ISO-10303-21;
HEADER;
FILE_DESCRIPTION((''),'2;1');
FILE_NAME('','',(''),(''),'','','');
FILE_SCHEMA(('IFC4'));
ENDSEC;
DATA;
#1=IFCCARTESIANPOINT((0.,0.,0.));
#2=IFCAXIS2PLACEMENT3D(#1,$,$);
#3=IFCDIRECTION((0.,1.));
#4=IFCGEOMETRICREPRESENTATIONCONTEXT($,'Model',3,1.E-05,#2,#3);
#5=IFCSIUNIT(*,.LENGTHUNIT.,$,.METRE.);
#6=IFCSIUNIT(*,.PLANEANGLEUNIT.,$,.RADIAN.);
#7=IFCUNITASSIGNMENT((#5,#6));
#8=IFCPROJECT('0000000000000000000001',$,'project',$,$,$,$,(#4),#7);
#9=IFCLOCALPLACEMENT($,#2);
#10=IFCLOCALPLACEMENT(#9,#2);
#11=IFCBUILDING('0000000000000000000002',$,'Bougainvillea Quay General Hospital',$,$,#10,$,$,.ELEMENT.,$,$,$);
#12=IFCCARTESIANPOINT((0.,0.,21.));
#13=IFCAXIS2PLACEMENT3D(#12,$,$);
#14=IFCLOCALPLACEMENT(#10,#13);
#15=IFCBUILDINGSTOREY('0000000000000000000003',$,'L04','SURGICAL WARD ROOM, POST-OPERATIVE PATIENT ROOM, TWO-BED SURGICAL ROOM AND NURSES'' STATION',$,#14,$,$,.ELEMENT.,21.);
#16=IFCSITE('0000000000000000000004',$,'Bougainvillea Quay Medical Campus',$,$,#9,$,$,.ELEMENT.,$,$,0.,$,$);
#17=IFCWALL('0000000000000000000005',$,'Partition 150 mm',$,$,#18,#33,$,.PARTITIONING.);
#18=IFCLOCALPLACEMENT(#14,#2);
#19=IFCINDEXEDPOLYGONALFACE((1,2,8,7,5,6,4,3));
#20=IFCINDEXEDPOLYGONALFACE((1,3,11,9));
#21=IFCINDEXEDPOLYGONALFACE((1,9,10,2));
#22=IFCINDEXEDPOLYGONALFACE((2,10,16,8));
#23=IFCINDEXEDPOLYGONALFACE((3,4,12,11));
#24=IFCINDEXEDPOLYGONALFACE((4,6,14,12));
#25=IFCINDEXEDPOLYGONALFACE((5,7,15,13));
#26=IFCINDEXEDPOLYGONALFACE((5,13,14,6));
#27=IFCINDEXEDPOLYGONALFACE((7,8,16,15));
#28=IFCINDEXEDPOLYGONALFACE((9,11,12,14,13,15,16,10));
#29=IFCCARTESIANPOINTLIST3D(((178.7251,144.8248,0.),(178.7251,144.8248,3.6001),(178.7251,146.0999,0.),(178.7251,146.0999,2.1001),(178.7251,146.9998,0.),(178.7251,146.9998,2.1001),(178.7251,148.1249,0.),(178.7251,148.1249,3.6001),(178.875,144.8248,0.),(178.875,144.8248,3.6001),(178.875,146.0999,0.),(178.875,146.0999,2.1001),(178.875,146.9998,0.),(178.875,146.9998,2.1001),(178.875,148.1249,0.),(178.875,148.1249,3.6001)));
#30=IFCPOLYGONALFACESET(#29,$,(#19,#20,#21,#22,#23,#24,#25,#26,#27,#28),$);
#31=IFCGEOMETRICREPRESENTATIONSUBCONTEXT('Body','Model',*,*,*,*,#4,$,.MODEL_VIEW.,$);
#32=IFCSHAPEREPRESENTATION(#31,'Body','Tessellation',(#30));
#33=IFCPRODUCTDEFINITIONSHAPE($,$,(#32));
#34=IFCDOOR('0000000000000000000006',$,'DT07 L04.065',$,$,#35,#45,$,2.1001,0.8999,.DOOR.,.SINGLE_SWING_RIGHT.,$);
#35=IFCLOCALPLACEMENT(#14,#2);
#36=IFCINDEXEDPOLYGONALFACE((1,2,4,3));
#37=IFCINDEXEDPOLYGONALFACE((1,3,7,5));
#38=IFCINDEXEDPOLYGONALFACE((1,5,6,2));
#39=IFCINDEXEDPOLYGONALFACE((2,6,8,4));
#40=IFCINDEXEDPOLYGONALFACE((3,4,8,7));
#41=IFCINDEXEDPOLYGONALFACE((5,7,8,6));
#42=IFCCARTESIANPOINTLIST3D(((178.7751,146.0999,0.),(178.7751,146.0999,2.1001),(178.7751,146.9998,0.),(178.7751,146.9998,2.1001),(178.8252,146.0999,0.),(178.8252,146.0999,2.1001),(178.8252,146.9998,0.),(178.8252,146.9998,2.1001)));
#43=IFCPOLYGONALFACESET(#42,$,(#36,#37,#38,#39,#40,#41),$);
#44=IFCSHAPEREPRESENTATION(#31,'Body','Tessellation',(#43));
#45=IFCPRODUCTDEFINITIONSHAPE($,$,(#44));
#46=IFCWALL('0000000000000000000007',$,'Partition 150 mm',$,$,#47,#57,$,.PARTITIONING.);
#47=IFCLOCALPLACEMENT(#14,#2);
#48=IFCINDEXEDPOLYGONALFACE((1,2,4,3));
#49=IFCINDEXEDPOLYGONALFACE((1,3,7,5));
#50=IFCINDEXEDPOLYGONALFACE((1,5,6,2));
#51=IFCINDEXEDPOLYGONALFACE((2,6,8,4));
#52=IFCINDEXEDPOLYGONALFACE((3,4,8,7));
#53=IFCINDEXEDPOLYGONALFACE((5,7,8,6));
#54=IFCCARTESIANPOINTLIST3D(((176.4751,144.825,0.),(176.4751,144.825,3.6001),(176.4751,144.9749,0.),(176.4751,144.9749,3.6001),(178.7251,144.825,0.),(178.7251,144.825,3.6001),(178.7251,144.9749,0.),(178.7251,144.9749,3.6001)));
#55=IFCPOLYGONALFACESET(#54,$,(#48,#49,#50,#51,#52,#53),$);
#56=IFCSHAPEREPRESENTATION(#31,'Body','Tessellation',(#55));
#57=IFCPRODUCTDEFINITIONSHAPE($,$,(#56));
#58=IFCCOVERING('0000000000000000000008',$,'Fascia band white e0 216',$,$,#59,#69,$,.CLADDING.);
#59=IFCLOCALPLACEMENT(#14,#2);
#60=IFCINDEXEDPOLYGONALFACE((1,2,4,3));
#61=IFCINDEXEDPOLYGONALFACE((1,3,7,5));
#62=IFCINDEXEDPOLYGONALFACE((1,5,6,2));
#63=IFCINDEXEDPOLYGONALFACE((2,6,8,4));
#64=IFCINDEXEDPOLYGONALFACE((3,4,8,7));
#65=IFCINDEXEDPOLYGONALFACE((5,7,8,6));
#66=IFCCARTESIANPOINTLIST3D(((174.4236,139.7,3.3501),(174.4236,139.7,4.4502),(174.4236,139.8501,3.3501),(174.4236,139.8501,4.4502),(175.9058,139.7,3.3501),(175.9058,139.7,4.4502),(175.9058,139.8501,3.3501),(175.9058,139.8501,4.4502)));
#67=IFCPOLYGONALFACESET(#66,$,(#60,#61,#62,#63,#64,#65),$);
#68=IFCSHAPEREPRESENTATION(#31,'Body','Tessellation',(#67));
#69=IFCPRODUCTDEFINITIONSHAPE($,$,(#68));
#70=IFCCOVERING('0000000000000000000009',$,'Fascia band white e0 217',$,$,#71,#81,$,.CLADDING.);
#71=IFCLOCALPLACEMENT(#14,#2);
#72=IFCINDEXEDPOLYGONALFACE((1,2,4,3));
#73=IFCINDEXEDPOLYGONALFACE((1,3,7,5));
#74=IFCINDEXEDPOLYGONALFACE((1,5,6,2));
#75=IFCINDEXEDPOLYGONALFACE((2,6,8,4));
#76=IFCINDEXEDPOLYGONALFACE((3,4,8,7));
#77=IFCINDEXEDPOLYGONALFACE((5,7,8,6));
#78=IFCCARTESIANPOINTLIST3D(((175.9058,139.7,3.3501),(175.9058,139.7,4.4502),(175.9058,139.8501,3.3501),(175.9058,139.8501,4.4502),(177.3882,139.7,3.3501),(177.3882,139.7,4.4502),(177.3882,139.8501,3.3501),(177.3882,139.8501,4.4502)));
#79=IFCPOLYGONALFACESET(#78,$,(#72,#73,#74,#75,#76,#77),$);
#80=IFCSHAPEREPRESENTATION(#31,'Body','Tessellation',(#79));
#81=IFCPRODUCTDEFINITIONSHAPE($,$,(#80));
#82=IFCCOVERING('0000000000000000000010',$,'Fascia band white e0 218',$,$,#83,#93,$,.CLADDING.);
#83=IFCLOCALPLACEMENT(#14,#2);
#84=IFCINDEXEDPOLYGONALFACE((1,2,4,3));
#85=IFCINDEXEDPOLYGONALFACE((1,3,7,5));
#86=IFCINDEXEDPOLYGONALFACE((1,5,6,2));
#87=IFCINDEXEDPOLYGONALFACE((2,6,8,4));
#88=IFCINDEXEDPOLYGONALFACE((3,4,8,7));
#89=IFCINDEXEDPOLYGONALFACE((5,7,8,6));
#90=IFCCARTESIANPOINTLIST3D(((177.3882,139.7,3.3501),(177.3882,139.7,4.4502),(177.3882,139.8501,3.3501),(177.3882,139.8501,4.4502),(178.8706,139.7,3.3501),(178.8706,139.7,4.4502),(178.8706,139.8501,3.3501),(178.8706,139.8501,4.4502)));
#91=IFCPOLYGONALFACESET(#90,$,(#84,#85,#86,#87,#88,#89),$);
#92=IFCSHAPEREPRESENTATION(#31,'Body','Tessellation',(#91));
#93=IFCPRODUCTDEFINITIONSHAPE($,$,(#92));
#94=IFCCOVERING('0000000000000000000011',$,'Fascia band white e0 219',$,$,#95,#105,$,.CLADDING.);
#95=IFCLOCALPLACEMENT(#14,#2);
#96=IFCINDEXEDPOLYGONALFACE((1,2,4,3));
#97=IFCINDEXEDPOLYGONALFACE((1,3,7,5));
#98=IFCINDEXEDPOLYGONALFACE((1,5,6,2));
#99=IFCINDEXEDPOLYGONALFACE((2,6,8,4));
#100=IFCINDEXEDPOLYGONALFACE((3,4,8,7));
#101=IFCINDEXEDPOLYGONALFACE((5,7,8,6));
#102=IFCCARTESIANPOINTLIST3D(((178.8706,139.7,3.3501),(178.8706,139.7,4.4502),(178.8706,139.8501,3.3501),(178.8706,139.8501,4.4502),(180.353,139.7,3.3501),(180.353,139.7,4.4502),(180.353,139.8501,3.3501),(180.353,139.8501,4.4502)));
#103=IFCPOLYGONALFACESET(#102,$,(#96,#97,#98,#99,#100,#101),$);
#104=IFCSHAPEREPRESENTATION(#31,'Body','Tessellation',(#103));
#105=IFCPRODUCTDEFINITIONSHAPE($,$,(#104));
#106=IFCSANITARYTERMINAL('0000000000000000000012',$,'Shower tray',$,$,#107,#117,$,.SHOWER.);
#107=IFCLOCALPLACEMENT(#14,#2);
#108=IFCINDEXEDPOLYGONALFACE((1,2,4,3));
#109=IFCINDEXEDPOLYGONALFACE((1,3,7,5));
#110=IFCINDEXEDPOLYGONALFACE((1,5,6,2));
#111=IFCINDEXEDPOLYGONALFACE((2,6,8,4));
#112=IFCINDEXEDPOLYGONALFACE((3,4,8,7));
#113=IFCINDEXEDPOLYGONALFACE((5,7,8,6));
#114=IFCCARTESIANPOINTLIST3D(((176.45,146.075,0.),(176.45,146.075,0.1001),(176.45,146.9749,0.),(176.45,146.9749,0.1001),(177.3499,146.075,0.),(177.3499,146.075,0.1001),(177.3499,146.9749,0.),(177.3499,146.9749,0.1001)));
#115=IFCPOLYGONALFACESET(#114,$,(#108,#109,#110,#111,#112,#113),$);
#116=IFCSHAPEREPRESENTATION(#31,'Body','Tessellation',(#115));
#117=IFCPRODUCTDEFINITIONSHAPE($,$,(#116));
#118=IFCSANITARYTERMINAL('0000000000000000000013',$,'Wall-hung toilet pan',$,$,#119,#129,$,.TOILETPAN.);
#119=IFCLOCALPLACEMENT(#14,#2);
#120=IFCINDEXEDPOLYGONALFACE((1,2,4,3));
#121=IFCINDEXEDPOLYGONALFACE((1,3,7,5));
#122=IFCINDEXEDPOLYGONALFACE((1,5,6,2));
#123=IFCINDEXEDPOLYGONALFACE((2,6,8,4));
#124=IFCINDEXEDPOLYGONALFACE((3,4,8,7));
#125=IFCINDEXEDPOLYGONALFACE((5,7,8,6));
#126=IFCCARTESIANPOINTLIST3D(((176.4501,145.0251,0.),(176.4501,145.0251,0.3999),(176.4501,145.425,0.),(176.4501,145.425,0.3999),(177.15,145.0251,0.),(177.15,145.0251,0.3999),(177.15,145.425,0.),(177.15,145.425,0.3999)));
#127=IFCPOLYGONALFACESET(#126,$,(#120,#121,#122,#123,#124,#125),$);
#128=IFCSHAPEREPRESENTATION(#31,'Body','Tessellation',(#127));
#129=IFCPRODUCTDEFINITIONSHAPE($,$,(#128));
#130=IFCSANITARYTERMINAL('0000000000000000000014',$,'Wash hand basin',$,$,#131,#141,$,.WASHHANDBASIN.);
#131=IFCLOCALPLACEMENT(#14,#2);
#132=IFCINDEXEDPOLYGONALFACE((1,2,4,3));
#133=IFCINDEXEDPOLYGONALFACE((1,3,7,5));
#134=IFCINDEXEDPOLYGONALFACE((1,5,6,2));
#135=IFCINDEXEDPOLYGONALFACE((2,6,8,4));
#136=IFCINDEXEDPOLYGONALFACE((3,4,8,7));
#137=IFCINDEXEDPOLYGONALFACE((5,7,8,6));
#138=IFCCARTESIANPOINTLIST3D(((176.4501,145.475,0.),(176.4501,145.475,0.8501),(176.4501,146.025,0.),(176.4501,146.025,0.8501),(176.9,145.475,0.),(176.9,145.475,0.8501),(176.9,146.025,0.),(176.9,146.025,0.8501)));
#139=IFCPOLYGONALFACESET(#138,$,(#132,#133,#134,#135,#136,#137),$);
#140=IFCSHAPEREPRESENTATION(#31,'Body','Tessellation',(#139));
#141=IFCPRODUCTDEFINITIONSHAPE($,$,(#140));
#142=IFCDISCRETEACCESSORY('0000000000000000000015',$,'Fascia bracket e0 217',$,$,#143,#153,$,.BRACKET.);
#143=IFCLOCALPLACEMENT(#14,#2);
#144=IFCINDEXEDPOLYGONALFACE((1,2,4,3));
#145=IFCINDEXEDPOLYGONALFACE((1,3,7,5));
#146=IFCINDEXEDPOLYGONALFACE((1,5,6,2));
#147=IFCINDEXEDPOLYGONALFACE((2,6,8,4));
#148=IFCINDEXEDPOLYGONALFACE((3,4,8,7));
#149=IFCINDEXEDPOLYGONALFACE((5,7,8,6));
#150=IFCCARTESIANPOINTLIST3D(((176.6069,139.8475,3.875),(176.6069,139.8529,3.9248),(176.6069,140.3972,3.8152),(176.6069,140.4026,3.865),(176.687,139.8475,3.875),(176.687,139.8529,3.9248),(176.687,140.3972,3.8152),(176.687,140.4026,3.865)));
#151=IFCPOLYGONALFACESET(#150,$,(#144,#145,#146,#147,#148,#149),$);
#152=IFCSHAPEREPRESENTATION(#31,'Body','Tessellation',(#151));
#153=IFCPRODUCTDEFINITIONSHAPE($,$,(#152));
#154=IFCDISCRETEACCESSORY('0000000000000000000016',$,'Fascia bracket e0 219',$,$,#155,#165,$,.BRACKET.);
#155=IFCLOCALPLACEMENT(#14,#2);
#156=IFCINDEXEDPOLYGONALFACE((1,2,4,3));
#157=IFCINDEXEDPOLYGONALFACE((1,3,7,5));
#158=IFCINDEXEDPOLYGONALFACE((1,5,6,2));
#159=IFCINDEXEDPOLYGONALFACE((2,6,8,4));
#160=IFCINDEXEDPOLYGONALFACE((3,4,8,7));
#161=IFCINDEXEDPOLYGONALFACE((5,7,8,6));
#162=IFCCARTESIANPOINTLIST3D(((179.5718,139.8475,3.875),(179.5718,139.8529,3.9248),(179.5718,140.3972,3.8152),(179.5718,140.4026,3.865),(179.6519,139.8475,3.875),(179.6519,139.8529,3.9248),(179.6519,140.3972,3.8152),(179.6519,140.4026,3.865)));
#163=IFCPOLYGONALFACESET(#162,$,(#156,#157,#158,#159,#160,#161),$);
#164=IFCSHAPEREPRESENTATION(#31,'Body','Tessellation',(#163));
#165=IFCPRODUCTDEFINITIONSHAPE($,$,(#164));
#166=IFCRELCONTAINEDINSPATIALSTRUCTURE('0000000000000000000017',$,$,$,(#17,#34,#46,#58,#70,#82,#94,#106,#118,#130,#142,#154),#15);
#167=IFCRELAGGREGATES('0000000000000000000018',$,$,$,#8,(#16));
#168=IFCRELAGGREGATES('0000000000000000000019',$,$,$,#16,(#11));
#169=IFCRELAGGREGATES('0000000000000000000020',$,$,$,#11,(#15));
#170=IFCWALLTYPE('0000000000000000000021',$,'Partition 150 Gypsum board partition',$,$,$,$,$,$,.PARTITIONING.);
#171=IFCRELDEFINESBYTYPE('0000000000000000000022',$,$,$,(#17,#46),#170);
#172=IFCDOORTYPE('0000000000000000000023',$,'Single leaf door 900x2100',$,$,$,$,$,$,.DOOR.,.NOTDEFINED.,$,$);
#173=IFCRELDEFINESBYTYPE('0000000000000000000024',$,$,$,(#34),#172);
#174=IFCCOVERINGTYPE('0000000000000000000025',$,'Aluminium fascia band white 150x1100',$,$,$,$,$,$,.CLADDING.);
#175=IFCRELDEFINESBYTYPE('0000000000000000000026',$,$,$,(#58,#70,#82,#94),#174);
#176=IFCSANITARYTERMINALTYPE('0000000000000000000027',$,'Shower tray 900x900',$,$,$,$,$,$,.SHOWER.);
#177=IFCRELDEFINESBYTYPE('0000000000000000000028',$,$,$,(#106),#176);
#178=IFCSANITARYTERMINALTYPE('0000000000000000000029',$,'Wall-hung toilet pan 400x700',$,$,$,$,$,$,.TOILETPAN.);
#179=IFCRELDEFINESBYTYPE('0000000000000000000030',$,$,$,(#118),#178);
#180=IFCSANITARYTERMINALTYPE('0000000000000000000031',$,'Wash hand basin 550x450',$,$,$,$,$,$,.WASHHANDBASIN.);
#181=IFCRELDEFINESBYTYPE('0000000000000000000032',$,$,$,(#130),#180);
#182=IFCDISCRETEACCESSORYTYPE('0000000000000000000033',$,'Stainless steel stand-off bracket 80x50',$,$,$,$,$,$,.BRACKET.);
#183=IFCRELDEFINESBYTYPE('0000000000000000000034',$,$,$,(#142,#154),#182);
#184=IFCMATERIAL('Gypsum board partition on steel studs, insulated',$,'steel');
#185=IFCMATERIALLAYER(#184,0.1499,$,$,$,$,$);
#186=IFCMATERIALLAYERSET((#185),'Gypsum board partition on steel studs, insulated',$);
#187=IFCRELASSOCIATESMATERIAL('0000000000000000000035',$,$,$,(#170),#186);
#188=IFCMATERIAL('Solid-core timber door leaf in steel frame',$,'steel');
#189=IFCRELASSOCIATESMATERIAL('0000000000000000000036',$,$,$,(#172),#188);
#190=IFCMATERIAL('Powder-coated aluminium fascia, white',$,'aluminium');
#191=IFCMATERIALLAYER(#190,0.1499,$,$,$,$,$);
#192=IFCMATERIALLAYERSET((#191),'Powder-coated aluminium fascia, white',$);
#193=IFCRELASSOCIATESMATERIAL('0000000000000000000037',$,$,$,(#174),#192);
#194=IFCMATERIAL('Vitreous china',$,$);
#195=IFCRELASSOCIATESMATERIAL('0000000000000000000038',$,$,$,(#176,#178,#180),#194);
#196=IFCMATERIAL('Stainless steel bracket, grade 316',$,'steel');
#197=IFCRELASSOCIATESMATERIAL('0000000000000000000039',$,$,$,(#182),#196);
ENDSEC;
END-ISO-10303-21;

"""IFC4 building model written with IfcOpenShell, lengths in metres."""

from ifc_helpers import new_model, si_unit, direction, frame, frame_2d, origin, origin_2d, place, context, subcontext, project, spatial, polyline, rectangle, outline, extrude, material, layer, layer_set, material_profile, profile_set, type_object, element, fill, save


model = new_model("IFC4")

# Units and contexts
model_context = context("Model", 3, precision=1e-05, world=origin(), true_north=direction((0.0, 1.0)))
body_context = subcontext(model_context, "Body", "Model", "MODEL_VIEW")
ifc_project = project(units=[si_unit("LENGTHUNIT", "METRE"), si_unit("PLANEANGLEUNIT", "RADIAN")], contexts=[model_context])

# Site, building, storey
site_placement = place(None, origin())
site = spatial("IfcSite", under=ifc_project, at=site_placement, Name="Bougainvillea Quay Medical Campus", CompositionType="ELEMENT", RefElevation=0.0)
building_placement = place(site_placement, origin())
building = spatial("IfcBuilding", under=site, at=building_placement, Name="Bougainvillea Quay General Hospital", CompositionType="ELEMENT")
storey_placement = place(building_placement, frame((0.0, 0.0, 21.0)))
storey = spatial("IfcBuildingStorey", under=building, at=storey_placement, Name="L04", Description="SURGICAL WARD ROOM, POST-OPERATIVE PATIENT ROOM, TWO-BED SURGICAL ROOM AND NURSES' STATION", CompositionType="ELEMENT", Elevation=21.0)

# Shared definitions
ifc_material_1 = material(Name="Gypsum board partition on steel studs, insulated", Category="steel")
ifc_layer_1 = layer(ifc_material_1, 0.1499)
ifc_layer_set_1 = layer_set([ifc_layer_1], Name="Gypsum board partition on steel studs, insulated")
wall_type_1 = type_object("IfcWallType", Name="Partition 150 Gypsum board partition", PredefinedType="PARTITIONING", material=ifc_layer_set_1)

# Wall, opening, door
wall_1_placement = place(storey_placement, frame((178.8, 144.825, 0.0), z_axis=(0.0, 0.0, 1.0), x_axis=(0.0, 1.0, 0.0)))
wall_1 = element("IfcWall", 1, at=wall_1_placement, inside=storey, type_object=wall_type_1, Name="Partition 150 mm", PredefinedType="PARTITIONING", context=body_context, shape_type="SweptSolid", body=[
    extrude(rectangle(XDim=3.3, YDim=0.1499, at=frame_2d((1.6499, 0.0))), origin(), (0.0, 0.0, 1.0), 3.6001),
])
opening_placement = place(wall_1_placement, frame((1.2749, 0.0, 0.0)))
opening = element("IfcOpeningElement", 2, at=opening_placement, cuts=wall_1, PredefinedType="OPENING", context=body_context, shape_type="SweptSolid", body=[
    extrude(rectangle(XDim=0.8999, YDim=2.1001, at=frame_2d((0.45, 1.05))), frame((0.0, 0.085, 0.0), z_axis=(0.0, -1.0, 0.0), x_axis=(1.0, 0.0, 0.0)), (0.0, 0.0, 1.0), 0.1699),
])
ifc_material_2 = material(Name="Solid-core timber door leaf in steel frame", Category="steel")
door_type = type_object("IfcDoorType", Name="Single leaf door 900x2100", OperationType="NOTDEFINED", PredefinedType="DOOR", material=ifc_material_2)
door_placement = place(opening_placement, origin())
door = element("IfcDoor", 3, at=door_placement, inside=storey, type_object=door_type, Name="DT07 L04.065", OperationType="SINGLE_SWING_RIGHT", OverallHeight=2.1001, OverallWidth=0.8999, PredefinedType="DOOR", context=body_context, shape_type="SweptSolid", body=[
    extrude(rectangle(XDim=0.8999, YDim=2.1001, at=frame_2d((0.45, 1.05))), frame((0.0, 0.0249, 0.0), z_axis=(0.0, -1.0, 0.0), x_axis=(1.0, 0.0, 0.0)), (0.0, 0.0, 1.0), 0.05),
])
fill(opening, door)

# Wall
wall_2_placement = place(storey_placement, frame((176.4751, 144.8999, 0.0), z_axis=(0.0, 0.0, 1.0), x_axis=(1.0, 0.0, 0.0)))
element("IfcWall", 4, at=wall_2_placement, inside=storey, type_object=wall_type_1, Name="Partition 150 mm", PredefinedType="PARTITIONING", context=body_context, shape_type="SweptSolid", body=[
    extrude(rectangle(XDim=2.25, YDim=0.1499, at=frame_2d((1.125, 0.0))), origin(), (0.0, 0.0, 1.0), 3.6001),
])

# Coverings
ifc_material_3 = material(Name="Powder-coated aluminium fascia, white", Category="aluminium")
ifc_layer_2 = layer(ifc_material_3, 0.1499)
ifc_layer_set_2 = layer_set([ifc_layer_2], Name="Powder-coated aluminium fascia, white")
covering_type = type_object("IfcCoveringType", Name="Aluminium fascia band white 150x1100", PredefinedType="CLADDING", material=ifc_layer_set_2)
covering_placement = place(storey_placement, frame((174.4236, 139.8501, 3.3501), z_axis=(0.0, 0.0, 1.0), x_axis=(1.0, 0.0, 0.0)))
element("IfcCovering", 5, at=covering_placement, inside=storey, type_object=covering_type, Name="Fascia band white e0 216", PredefinedType="CLADDING", context=body_context, shape_type="SweptSolid", body=[
    extrude(outline(polyline([(0.0, 0.0), (1.4822, 0.0), (1.4822, -0.1501), (0.0, -0.1501), (0.0, 0.0)])), origin(), (0.0, 0.0, 1.0), 1.1001),
])
for number, where, z_axis, x_axis, name in (
    (6, (175.9058, 139.8501, 3.3501), (0.0, 0.0, 1.0), (1.0, 0.0, 0.0), "Fascia band white e0 217"),
    (7, (177.3882, 139.8501, 3.3501), (0.0, 0.0, 1.0), (1.0, 0.0, 0.0), "Fascia band white e0 218"),
    (8, (178.8706, 139.8501, 3.3501), (0.0, 0.0, 1.0), (1.0, 0.0, 0.0), "Fascia band white e0 219"),
):
    element("IfcCovering", number, at=place(storey_placement, frame(where, z_axis=z_axis, x_axis=x_axis)), inside=storey, type_object=covering_type, Name=name, PredefinedType="CLADDING", context=body_context, shape_type="SweptSolid", body=[
        extrude(outline(polyline([(0.0, 0.0), (1.4824, 0.0), (1.4824, -0.1501), (0.0, -0.1501), (0.0, 0.0)])), origin(), (0.0, 0.0, 1.0), 1.1001),
    ])

# Sanitary terminals
ifc_material_4 = material(Name="Vitreous china")
sanitary_terminal_type_1 = type_object("IfcSanitaryTerminalType", Name="Shower tray 900x900", PredefinedType="SHOWER", material=ifc_material_4)
sanitary_terminal_1_placement = place(storey_placement, frame((176.8999, 146.5249, 0.0), z_axis=(0.0, 0.0, 1.0), x_axis=(0.0, 1.0, 0.0)))
element("IfcSanitaryTerminal", 9, at=sanitary_terminal_1_placement, inside=storey, type_object=sanitary_terminal_type_1, Name="Shower tray", PredefinedType="SHOWER", context=body_context, shape_type="SweptSolid", body=[
    extrude(rectangle(XDim=0.8999, YDim=0.8999, at=origin_2d()), origin(), (0.0, 0.0, 1.0), 0.1001),
])
sanitary_terminal_type_2 = type_object("IfcSanitaryTerminalType", Name="Wall-hung toilet pan 400x700", PredefinedType="TOILETPAN", material=ifc_material_4)
sanitary_terminal_2_placement = place(storey_placement, frame((176.8, 145.2251, 0.0), z_axis=(0.0, 0.0, 1.0), x_axis=(0.0, 1.0, 0.0)))
element("IfcSanitaryTerminal", 10, at=sanitary_terminal_2_placement, inside=storey, type_object=sanitary_terminal_type_2, Name="Wall-hung toilet pan", PredefinedType="TOILETPAN", context=body_context, shape_type="SweptSolid", body=[
    extrude(rectangle(XDim=0.3999, YDim=0.7, at=origin_2d()), origin(), (0.0, 0.0, 1.0), 0.3999),
])
sanitary_terminal_type_3 = type_object("IfcSanitaryTerminalType", Name="Wash hand basin 550x450", PredefinedType="WASHHANDBASIN", material=ifc_material_4)
sanitary_terminal_3_placement = place(storey_placement, frame((176.675, 145.75, 0.0), z_axis=(0.0, 0.0, 1.0), x_axis=(0.0, 1.0, 0.0)))
element("IfcSanitaryTerminal", 11, at=sanitary_terminal_3_placement, inside=storey, type_object=sanitary_terminal_type_3, Name="Wash hand basin", PredefinedType="WASHHANDBASIN", context=body_context, shape_type="SweptSolid", body=[
    extrude(rectangle(XDim=0.55, YDim=0.45, at=origin_2d()), origin(), (0.0, 0.0, 1.0), 0.8501),
])

# Discrete accessories
ifc_material_5 = material(Name="Stainless steel bracket, grade 316", Category="steel")
ifc_material_profile_1 = material_profile(ifc_material_5, rectangle(XDim=0.0801, YDim=0.05, at=origin_2d()))
ifc_profile_set_1 = profile_set([ifc_material_profile_1], Name="Stainless steel bracket, grade 316")
discrete_accessory_type = type_object("IfcDiscreteAccessoryType", Name="Stainless steel stand-off bracket 80x50", PredefinedType="BRACKET", material=ifc_profile_set_1)
for number, where, z_axis, x_axis, name in (
    (12, (176.647, 140.3999, 3.8401), (0.0, -0.994134, 0.108154), (1.0, 0.0, 0.0), "Fascia bracket e0 217"),
    (13, (179.6118, 140.3999, 3.8401), (0.0, -0.994134, 0.108154), (1.0, 0.0, 0.0), "Fascia bracket e0 219"),
):
    element("IfcDiscreteAccessory", number, at=place(storey_placement, frame(where, z_axis=z_axis, x_axis=x_axis)), inside=storey, type_object=discrete_accessory_type, Name=name, PredefinedType="BRACKET", context=body_context, shape_type="SweptSolid", body=[
        extrude(rectangle(XDim=0.0801, YDim=0.05, at=origin_2d()), origin(), (0.0, 0.0, 1.0), 0.553),
    ])

save(model, "model.ifc")
